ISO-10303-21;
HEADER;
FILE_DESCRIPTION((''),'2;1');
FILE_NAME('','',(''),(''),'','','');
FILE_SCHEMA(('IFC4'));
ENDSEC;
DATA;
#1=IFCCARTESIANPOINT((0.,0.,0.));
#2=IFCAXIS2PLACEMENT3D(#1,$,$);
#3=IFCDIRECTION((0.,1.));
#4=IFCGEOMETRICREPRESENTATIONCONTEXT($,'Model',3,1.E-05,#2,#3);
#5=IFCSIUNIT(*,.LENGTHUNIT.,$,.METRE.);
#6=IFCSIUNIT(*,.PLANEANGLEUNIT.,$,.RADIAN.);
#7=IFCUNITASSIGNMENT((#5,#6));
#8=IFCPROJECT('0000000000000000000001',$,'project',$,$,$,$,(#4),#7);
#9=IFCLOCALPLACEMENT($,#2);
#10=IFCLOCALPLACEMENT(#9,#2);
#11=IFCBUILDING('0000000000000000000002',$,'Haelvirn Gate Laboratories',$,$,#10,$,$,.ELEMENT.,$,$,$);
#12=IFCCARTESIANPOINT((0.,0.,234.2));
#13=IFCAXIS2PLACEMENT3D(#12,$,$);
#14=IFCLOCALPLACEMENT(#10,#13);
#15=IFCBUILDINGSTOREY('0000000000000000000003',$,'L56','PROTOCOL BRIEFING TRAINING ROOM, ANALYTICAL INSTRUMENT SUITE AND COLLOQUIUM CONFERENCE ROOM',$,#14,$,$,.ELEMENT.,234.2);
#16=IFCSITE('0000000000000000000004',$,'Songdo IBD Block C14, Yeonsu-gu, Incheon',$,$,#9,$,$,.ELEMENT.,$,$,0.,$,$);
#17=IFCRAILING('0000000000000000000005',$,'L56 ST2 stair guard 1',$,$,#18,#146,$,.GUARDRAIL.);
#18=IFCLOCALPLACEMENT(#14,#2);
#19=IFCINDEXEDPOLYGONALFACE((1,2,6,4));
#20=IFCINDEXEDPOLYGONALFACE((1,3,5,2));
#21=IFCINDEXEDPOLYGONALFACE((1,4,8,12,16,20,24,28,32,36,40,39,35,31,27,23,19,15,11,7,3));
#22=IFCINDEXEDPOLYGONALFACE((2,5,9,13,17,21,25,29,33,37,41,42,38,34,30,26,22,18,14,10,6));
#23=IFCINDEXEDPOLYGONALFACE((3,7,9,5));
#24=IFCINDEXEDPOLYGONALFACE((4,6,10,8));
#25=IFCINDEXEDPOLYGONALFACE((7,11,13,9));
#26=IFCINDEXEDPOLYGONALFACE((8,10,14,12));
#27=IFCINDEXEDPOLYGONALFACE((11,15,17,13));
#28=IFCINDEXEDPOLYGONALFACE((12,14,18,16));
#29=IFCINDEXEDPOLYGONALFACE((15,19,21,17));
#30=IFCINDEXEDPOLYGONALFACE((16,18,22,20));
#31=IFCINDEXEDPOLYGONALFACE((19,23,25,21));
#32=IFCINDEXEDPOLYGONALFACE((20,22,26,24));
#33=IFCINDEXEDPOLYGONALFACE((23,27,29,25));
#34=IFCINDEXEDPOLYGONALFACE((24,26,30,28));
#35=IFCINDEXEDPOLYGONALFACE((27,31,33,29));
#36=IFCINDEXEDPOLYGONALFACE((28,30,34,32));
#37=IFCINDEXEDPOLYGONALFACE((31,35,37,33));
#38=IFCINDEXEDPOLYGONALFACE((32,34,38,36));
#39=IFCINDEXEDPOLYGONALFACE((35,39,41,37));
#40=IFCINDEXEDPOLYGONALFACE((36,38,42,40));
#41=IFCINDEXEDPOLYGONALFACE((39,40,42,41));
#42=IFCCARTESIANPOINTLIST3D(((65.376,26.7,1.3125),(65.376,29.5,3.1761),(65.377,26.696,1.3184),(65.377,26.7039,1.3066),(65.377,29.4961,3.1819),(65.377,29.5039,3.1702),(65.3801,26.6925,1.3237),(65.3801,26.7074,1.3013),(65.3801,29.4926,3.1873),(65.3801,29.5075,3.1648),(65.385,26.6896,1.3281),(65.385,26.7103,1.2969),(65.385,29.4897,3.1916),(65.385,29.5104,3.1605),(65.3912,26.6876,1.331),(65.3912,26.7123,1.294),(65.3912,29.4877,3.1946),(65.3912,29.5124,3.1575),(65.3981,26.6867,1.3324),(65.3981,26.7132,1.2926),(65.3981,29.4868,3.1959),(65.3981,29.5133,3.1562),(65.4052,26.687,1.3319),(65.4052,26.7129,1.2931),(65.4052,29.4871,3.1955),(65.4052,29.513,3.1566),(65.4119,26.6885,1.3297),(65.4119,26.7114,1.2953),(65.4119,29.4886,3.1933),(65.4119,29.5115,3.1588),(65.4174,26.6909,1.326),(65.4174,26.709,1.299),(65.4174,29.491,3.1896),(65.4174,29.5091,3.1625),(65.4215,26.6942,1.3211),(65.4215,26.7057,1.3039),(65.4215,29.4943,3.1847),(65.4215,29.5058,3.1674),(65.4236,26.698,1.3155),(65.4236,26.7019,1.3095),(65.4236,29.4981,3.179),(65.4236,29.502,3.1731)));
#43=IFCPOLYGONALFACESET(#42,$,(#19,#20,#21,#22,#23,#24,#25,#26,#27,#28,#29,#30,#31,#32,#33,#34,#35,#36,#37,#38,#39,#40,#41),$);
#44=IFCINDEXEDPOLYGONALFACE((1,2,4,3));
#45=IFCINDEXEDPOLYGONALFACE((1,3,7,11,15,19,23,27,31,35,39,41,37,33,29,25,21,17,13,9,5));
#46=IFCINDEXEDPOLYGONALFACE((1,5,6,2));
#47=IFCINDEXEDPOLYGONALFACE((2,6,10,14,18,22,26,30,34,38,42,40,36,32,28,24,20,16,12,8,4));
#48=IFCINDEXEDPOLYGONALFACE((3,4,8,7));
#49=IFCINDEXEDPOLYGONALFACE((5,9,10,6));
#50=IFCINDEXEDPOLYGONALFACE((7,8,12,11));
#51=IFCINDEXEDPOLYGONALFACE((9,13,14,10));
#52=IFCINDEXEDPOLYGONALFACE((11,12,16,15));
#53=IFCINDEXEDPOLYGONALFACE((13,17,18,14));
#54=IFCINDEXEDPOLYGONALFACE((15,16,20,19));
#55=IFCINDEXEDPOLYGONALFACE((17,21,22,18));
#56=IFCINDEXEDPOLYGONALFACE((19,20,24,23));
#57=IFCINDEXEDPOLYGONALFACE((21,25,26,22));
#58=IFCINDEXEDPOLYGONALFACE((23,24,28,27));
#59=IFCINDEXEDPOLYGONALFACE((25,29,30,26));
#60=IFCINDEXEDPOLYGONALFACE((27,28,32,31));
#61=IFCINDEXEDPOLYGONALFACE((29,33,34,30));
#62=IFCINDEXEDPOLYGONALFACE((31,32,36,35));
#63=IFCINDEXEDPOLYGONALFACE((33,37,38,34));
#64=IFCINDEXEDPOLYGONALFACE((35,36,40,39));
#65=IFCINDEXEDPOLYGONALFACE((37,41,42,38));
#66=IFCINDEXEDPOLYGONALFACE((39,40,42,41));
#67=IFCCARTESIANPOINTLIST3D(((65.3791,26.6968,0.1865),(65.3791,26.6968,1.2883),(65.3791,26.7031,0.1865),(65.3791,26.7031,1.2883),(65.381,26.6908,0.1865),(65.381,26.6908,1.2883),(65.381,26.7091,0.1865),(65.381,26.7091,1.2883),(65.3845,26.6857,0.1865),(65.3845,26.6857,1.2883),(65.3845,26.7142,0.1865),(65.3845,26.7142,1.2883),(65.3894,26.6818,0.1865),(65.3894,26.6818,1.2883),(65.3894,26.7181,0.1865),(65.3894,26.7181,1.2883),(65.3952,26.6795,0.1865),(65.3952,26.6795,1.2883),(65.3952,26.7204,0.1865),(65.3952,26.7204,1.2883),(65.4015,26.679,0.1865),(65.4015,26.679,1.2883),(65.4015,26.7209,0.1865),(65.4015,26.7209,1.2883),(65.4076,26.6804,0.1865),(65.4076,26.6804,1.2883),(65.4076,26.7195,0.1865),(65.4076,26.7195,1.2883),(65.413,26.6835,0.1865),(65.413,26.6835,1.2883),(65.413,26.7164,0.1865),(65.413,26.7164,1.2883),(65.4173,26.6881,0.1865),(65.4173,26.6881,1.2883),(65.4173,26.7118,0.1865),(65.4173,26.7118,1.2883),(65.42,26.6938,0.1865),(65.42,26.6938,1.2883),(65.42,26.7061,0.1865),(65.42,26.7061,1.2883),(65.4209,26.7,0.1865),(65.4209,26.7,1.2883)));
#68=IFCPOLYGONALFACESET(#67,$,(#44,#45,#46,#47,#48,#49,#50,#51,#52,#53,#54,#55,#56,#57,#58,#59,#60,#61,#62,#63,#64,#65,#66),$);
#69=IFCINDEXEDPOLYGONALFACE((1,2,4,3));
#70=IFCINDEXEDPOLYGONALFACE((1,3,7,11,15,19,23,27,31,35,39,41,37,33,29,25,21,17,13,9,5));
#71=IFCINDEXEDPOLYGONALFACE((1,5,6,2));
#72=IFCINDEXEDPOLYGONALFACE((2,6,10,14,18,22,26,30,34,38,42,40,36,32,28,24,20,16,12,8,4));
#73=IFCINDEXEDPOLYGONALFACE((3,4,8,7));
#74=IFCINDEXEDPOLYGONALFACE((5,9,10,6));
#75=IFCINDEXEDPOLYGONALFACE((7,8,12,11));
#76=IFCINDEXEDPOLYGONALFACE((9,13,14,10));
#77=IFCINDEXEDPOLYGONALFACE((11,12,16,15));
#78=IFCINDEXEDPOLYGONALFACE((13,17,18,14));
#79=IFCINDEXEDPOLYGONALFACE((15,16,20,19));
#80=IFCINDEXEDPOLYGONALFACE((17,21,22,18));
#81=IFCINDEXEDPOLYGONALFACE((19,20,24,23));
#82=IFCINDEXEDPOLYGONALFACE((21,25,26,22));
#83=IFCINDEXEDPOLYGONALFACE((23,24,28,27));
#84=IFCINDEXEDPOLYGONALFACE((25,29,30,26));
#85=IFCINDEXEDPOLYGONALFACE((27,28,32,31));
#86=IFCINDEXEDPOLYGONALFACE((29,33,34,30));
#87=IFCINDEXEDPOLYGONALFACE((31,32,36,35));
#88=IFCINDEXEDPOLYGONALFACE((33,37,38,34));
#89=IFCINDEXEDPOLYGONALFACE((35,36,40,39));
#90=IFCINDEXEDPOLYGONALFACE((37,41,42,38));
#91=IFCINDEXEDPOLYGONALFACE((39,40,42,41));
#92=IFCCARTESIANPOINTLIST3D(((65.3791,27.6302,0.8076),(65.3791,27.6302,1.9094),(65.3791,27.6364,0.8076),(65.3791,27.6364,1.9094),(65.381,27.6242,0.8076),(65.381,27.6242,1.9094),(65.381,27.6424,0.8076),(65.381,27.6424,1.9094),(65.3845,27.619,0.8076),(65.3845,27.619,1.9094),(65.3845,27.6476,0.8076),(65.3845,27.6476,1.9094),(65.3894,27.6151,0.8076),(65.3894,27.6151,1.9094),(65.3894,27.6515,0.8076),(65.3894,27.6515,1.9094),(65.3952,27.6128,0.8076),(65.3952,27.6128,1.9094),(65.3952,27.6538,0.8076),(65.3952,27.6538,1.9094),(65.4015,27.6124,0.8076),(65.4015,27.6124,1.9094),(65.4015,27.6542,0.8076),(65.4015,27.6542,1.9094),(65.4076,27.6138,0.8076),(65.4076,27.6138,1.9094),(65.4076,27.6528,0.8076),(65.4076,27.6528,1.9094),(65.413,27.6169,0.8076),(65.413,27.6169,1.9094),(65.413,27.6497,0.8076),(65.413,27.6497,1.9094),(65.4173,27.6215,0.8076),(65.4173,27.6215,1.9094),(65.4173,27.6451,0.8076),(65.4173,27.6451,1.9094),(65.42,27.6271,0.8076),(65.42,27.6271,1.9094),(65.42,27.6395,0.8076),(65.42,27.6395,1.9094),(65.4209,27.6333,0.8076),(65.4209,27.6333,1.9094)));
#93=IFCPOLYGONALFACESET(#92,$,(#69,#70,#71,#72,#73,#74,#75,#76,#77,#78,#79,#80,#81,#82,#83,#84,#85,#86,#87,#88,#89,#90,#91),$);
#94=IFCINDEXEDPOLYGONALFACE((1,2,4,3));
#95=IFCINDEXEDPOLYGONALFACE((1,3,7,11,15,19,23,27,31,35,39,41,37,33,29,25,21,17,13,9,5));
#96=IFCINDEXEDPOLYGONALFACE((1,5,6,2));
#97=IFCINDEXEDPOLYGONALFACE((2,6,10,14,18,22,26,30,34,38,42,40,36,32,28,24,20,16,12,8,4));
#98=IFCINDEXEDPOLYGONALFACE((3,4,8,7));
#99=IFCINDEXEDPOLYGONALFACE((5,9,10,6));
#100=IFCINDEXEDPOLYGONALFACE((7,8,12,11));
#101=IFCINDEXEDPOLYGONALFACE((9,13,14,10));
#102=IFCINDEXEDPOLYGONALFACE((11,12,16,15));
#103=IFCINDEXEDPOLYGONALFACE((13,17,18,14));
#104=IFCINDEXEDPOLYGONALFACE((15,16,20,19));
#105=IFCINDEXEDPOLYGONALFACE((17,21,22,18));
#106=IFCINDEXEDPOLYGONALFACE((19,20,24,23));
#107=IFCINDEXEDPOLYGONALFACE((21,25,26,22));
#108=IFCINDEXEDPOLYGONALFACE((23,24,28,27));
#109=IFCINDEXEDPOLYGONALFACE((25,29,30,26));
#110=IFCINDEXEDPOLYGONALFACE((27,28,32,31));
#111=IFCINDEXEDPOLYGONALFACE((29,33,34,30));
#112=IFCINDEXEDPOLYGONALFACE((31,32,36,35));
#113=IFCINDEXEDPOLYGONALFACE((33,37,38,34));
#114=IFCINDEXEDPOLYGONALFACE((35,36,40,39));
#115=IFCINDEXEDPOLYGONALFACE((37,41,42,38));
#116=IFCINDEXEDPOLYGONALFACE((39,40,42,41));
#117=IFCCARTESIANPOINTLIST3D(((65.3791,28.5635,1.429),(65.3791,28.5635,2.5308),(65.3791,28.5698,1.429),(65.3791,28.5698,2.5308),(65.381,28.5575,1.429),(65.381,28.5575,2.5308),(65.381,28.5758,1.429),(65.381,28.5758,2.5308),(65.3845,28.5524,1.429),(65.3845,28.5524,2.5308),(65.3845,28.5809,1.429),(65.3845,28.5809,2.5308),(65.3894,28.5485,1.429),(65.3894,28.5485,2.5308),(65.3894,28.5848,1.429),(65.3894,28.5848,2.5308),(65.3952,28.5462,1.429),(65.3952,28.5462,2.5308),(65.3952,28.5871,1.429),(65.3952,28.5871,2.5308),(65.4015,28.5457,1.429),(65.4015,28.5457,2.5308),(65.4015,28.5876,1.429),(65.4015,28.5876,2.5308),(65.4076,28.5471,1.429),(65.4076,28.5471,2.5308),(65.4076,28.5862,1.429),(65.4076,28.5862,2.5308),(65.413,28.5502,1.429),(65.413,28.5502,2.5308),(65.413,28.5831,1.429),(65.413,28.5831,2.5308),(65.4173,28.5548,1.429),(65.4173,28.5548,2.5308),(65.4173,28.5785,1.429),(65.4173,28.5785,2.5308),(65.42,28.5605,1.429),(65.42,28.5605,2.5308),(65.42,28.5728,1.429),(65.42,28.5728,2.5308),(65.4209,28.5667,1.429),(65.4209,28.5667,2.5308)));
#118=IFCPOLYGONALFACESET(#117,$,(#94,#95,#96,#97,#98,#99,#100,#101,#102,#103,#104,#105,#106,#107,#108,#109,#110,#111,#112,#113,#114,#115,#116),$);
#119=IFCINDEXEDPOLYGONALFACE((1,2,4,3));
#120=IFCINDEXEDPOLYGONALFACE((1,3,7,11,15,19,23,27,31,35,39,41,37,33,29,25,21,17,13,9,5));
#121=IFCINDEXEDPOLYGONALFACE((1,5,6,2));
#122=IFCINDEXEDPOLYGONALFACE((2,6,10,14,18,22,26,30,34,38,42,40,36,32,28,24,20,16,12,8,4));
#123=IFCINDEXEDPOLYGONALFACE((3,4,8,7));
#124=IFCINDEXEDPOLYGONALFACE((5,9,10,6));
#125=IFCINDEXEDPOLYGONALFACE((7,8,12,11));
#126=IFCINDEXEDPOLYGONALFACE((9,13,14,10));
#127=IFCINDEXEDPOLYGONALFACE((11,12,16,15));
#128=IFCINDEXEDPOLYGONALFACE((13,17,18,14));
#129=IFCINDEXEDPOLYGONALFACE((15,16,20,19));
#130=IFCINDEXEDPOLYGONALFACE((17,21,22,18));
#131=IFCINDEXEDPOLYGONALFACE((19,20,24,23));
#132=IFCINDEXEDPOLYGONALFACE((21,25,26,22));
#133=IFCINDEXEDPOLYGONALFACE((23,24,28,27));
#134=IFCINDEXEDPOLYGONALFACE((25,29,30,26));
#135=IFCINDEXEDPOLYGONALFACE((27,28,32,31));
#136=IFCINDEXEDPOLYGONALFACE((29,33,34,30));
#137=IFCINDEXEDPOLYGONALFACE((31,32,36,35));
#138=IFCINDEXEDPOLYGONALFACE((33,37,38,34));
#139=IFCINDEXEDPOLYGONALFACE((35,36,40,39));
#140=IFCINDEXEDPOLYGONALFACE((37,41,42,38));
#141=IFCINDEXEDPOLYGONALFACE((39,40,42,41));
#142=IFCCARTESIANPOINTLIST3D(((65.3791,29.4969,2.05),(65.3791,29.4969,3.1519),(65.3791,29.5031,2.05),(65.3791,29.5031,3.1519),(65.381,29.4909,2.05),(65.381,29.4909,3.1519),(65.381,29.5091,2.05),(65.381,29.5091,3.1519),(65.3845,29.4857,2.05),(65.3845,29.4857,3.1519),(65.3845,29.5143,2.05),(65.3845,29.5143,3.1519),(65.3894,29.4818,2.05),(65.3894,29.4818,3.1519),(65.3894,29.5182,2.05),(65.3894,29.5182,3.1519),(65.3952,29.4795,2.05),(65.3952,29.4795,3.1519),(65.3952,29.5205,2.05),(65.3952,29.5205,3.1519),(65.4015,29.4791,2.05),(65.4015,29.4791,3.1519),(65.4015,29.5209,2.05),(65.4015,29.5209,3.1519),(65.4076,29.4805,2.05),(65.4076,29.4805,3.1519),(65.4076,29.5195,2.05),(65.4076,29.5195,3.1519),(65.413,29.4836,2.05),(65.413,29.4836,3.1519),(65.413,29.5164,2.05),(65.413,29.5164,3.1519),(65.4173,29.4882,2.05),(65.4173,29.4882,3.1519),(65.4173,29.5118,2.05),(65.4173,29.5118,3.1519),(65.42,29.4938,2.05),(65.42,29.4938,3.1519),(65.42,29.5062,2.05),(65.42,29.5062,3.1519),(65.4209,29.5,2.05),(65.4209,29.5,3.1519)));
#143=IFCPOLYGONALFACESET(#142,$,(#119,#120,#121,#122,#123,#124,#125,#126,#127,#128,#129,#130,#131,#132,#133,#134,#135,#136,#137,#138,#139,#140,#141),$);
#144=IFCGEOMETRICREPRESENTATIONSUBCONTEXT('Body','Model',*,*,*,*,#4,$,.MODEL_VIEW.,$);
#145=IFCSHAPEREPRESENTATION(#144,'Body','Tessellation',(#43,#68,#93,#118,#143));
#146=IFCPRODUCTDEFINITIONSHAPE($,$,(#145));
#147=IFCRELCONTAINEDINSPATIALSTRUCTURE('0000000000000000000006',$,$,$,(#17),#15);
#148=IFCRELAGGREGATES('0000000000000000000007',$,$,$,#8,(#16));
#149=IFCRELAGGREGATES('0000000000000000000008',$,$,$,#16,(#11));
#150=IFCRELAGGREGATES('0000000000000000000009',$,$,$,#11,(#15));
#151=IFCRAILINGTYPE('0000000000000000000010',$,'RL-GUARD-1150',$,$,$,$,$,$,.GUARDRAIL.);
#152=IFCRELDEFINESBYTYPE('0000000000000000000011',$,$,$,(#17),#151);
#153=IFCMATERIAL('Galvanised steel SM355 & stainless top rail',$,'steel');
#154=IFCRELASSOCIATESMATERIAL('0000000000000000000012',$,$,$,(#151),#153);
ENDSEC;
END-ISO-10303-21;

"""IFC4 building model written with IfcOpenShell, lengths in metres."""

from ifc_helpers import new_model, si_unit, direction, frame, origin, origin_2d, place, context, subcontext, project, spatial, circle, extrude, source, transform, mapped, material, type_object, element, save


model = new_model("IFC4")

# Units and contexts
model_context = context("Model", 3, precision=1e-05, world=origin(), true_north=direction((0.0, 1.0)))
body_context = subcontext(model_context, "Body", "Model", "MODEL_VIEW")
ifc_project = project(units=[si_unit("LENGTHUNIT", "METRE"), si_unit("PLANEANGLEUNIT", "RADIAN")], contexts=[model_context])

# Site, building, storey
site_placement = place(None, origin())
site = spatial("IfcSite", under=ifc_project, at=site_placement, Name="Songdo IBD Block C14, Yeonsu-gu, Incheon", CompositionType="ELEMENT", RefElevation=0.0)
building_placement = place(site_placement, origin())
building = spatial("IfcBuilding", under=site, at=building_placement, Name="Haelvirn Gate Laboratories", CompositionType="ELEMENT")
storey_placement = place(building_placement, frame((0.0, 0.0, 234.2)))
storey = spatial("IfcBuildingStorey", under=building, at=storey_placement, Name="L56", Description="PROTOCOL BRIEFING TRAINING ROOM, ANALYTICAL INSTRUMENT SUITE AND COLLOQUIUM CONFERENCE ROOM", CompositionType="ELEMENT", Elevation=234.2)

# Railing
ifc_material_1 = material(Name="Galvanised steel SM355 & stainless top rail", Category="steel")
railing_type_1 = type_object("IfcRailingType", Name="RL-GUARD-1150", PredefinedType="GUARDRAIL", material=ifc_material_1)
shared_shape_1 = source(origin(), body_context, "Body", "SweptSolid", [
    extrude(circle(Radius=0.0239, at=origin_2d()), frame((0.0, 0.0, 1.126), z_axis=(0.0, 0.832486, 0.554047), x_axis=(-1.0, 0.0, 0.0)), (0.0, 0.0, 1.0), 3.3635),
    extrude(circle(Radius=0.021, at=origin_2d()), origin(), (0.0, 0.0, 1.0), 1.1018),
    extrude(circle(Radius=0.021, at=origin_2d()), frame((0.0, 0.9333, 0.6211)), (0.0, 0.0, 1.0), 1.1018),
    extrude(circle(Radius=0.021, at=origin_2d()), frame((0.0, 1.8667, 1.2424)), (0.0, 0.0, 1.0), 1.1018),
    extrude(circle(Radius=0.021, at=origin_2d()), frame((0.0, 2.8, 1.8635)), (0.0, 0.0, 1.0), 1.1018),
])
railing_1_placement = place(storey_placement, frame((65.3999, 26.7, 0.1865)))
element("IfcRailing", 1, at=railing_1_placement, inside=storey, type_object=railing_type_1, Name="L56 ST2 stair guard 1", PredefinedType="GUARDRAIL", context=body_context, shape_type="MappedRepresentation", body=[
    mapped(shared_shape_1, transform((0.0, 0.0, 0.0), scale=1.0)),
])

save(model, "model.ifc")
